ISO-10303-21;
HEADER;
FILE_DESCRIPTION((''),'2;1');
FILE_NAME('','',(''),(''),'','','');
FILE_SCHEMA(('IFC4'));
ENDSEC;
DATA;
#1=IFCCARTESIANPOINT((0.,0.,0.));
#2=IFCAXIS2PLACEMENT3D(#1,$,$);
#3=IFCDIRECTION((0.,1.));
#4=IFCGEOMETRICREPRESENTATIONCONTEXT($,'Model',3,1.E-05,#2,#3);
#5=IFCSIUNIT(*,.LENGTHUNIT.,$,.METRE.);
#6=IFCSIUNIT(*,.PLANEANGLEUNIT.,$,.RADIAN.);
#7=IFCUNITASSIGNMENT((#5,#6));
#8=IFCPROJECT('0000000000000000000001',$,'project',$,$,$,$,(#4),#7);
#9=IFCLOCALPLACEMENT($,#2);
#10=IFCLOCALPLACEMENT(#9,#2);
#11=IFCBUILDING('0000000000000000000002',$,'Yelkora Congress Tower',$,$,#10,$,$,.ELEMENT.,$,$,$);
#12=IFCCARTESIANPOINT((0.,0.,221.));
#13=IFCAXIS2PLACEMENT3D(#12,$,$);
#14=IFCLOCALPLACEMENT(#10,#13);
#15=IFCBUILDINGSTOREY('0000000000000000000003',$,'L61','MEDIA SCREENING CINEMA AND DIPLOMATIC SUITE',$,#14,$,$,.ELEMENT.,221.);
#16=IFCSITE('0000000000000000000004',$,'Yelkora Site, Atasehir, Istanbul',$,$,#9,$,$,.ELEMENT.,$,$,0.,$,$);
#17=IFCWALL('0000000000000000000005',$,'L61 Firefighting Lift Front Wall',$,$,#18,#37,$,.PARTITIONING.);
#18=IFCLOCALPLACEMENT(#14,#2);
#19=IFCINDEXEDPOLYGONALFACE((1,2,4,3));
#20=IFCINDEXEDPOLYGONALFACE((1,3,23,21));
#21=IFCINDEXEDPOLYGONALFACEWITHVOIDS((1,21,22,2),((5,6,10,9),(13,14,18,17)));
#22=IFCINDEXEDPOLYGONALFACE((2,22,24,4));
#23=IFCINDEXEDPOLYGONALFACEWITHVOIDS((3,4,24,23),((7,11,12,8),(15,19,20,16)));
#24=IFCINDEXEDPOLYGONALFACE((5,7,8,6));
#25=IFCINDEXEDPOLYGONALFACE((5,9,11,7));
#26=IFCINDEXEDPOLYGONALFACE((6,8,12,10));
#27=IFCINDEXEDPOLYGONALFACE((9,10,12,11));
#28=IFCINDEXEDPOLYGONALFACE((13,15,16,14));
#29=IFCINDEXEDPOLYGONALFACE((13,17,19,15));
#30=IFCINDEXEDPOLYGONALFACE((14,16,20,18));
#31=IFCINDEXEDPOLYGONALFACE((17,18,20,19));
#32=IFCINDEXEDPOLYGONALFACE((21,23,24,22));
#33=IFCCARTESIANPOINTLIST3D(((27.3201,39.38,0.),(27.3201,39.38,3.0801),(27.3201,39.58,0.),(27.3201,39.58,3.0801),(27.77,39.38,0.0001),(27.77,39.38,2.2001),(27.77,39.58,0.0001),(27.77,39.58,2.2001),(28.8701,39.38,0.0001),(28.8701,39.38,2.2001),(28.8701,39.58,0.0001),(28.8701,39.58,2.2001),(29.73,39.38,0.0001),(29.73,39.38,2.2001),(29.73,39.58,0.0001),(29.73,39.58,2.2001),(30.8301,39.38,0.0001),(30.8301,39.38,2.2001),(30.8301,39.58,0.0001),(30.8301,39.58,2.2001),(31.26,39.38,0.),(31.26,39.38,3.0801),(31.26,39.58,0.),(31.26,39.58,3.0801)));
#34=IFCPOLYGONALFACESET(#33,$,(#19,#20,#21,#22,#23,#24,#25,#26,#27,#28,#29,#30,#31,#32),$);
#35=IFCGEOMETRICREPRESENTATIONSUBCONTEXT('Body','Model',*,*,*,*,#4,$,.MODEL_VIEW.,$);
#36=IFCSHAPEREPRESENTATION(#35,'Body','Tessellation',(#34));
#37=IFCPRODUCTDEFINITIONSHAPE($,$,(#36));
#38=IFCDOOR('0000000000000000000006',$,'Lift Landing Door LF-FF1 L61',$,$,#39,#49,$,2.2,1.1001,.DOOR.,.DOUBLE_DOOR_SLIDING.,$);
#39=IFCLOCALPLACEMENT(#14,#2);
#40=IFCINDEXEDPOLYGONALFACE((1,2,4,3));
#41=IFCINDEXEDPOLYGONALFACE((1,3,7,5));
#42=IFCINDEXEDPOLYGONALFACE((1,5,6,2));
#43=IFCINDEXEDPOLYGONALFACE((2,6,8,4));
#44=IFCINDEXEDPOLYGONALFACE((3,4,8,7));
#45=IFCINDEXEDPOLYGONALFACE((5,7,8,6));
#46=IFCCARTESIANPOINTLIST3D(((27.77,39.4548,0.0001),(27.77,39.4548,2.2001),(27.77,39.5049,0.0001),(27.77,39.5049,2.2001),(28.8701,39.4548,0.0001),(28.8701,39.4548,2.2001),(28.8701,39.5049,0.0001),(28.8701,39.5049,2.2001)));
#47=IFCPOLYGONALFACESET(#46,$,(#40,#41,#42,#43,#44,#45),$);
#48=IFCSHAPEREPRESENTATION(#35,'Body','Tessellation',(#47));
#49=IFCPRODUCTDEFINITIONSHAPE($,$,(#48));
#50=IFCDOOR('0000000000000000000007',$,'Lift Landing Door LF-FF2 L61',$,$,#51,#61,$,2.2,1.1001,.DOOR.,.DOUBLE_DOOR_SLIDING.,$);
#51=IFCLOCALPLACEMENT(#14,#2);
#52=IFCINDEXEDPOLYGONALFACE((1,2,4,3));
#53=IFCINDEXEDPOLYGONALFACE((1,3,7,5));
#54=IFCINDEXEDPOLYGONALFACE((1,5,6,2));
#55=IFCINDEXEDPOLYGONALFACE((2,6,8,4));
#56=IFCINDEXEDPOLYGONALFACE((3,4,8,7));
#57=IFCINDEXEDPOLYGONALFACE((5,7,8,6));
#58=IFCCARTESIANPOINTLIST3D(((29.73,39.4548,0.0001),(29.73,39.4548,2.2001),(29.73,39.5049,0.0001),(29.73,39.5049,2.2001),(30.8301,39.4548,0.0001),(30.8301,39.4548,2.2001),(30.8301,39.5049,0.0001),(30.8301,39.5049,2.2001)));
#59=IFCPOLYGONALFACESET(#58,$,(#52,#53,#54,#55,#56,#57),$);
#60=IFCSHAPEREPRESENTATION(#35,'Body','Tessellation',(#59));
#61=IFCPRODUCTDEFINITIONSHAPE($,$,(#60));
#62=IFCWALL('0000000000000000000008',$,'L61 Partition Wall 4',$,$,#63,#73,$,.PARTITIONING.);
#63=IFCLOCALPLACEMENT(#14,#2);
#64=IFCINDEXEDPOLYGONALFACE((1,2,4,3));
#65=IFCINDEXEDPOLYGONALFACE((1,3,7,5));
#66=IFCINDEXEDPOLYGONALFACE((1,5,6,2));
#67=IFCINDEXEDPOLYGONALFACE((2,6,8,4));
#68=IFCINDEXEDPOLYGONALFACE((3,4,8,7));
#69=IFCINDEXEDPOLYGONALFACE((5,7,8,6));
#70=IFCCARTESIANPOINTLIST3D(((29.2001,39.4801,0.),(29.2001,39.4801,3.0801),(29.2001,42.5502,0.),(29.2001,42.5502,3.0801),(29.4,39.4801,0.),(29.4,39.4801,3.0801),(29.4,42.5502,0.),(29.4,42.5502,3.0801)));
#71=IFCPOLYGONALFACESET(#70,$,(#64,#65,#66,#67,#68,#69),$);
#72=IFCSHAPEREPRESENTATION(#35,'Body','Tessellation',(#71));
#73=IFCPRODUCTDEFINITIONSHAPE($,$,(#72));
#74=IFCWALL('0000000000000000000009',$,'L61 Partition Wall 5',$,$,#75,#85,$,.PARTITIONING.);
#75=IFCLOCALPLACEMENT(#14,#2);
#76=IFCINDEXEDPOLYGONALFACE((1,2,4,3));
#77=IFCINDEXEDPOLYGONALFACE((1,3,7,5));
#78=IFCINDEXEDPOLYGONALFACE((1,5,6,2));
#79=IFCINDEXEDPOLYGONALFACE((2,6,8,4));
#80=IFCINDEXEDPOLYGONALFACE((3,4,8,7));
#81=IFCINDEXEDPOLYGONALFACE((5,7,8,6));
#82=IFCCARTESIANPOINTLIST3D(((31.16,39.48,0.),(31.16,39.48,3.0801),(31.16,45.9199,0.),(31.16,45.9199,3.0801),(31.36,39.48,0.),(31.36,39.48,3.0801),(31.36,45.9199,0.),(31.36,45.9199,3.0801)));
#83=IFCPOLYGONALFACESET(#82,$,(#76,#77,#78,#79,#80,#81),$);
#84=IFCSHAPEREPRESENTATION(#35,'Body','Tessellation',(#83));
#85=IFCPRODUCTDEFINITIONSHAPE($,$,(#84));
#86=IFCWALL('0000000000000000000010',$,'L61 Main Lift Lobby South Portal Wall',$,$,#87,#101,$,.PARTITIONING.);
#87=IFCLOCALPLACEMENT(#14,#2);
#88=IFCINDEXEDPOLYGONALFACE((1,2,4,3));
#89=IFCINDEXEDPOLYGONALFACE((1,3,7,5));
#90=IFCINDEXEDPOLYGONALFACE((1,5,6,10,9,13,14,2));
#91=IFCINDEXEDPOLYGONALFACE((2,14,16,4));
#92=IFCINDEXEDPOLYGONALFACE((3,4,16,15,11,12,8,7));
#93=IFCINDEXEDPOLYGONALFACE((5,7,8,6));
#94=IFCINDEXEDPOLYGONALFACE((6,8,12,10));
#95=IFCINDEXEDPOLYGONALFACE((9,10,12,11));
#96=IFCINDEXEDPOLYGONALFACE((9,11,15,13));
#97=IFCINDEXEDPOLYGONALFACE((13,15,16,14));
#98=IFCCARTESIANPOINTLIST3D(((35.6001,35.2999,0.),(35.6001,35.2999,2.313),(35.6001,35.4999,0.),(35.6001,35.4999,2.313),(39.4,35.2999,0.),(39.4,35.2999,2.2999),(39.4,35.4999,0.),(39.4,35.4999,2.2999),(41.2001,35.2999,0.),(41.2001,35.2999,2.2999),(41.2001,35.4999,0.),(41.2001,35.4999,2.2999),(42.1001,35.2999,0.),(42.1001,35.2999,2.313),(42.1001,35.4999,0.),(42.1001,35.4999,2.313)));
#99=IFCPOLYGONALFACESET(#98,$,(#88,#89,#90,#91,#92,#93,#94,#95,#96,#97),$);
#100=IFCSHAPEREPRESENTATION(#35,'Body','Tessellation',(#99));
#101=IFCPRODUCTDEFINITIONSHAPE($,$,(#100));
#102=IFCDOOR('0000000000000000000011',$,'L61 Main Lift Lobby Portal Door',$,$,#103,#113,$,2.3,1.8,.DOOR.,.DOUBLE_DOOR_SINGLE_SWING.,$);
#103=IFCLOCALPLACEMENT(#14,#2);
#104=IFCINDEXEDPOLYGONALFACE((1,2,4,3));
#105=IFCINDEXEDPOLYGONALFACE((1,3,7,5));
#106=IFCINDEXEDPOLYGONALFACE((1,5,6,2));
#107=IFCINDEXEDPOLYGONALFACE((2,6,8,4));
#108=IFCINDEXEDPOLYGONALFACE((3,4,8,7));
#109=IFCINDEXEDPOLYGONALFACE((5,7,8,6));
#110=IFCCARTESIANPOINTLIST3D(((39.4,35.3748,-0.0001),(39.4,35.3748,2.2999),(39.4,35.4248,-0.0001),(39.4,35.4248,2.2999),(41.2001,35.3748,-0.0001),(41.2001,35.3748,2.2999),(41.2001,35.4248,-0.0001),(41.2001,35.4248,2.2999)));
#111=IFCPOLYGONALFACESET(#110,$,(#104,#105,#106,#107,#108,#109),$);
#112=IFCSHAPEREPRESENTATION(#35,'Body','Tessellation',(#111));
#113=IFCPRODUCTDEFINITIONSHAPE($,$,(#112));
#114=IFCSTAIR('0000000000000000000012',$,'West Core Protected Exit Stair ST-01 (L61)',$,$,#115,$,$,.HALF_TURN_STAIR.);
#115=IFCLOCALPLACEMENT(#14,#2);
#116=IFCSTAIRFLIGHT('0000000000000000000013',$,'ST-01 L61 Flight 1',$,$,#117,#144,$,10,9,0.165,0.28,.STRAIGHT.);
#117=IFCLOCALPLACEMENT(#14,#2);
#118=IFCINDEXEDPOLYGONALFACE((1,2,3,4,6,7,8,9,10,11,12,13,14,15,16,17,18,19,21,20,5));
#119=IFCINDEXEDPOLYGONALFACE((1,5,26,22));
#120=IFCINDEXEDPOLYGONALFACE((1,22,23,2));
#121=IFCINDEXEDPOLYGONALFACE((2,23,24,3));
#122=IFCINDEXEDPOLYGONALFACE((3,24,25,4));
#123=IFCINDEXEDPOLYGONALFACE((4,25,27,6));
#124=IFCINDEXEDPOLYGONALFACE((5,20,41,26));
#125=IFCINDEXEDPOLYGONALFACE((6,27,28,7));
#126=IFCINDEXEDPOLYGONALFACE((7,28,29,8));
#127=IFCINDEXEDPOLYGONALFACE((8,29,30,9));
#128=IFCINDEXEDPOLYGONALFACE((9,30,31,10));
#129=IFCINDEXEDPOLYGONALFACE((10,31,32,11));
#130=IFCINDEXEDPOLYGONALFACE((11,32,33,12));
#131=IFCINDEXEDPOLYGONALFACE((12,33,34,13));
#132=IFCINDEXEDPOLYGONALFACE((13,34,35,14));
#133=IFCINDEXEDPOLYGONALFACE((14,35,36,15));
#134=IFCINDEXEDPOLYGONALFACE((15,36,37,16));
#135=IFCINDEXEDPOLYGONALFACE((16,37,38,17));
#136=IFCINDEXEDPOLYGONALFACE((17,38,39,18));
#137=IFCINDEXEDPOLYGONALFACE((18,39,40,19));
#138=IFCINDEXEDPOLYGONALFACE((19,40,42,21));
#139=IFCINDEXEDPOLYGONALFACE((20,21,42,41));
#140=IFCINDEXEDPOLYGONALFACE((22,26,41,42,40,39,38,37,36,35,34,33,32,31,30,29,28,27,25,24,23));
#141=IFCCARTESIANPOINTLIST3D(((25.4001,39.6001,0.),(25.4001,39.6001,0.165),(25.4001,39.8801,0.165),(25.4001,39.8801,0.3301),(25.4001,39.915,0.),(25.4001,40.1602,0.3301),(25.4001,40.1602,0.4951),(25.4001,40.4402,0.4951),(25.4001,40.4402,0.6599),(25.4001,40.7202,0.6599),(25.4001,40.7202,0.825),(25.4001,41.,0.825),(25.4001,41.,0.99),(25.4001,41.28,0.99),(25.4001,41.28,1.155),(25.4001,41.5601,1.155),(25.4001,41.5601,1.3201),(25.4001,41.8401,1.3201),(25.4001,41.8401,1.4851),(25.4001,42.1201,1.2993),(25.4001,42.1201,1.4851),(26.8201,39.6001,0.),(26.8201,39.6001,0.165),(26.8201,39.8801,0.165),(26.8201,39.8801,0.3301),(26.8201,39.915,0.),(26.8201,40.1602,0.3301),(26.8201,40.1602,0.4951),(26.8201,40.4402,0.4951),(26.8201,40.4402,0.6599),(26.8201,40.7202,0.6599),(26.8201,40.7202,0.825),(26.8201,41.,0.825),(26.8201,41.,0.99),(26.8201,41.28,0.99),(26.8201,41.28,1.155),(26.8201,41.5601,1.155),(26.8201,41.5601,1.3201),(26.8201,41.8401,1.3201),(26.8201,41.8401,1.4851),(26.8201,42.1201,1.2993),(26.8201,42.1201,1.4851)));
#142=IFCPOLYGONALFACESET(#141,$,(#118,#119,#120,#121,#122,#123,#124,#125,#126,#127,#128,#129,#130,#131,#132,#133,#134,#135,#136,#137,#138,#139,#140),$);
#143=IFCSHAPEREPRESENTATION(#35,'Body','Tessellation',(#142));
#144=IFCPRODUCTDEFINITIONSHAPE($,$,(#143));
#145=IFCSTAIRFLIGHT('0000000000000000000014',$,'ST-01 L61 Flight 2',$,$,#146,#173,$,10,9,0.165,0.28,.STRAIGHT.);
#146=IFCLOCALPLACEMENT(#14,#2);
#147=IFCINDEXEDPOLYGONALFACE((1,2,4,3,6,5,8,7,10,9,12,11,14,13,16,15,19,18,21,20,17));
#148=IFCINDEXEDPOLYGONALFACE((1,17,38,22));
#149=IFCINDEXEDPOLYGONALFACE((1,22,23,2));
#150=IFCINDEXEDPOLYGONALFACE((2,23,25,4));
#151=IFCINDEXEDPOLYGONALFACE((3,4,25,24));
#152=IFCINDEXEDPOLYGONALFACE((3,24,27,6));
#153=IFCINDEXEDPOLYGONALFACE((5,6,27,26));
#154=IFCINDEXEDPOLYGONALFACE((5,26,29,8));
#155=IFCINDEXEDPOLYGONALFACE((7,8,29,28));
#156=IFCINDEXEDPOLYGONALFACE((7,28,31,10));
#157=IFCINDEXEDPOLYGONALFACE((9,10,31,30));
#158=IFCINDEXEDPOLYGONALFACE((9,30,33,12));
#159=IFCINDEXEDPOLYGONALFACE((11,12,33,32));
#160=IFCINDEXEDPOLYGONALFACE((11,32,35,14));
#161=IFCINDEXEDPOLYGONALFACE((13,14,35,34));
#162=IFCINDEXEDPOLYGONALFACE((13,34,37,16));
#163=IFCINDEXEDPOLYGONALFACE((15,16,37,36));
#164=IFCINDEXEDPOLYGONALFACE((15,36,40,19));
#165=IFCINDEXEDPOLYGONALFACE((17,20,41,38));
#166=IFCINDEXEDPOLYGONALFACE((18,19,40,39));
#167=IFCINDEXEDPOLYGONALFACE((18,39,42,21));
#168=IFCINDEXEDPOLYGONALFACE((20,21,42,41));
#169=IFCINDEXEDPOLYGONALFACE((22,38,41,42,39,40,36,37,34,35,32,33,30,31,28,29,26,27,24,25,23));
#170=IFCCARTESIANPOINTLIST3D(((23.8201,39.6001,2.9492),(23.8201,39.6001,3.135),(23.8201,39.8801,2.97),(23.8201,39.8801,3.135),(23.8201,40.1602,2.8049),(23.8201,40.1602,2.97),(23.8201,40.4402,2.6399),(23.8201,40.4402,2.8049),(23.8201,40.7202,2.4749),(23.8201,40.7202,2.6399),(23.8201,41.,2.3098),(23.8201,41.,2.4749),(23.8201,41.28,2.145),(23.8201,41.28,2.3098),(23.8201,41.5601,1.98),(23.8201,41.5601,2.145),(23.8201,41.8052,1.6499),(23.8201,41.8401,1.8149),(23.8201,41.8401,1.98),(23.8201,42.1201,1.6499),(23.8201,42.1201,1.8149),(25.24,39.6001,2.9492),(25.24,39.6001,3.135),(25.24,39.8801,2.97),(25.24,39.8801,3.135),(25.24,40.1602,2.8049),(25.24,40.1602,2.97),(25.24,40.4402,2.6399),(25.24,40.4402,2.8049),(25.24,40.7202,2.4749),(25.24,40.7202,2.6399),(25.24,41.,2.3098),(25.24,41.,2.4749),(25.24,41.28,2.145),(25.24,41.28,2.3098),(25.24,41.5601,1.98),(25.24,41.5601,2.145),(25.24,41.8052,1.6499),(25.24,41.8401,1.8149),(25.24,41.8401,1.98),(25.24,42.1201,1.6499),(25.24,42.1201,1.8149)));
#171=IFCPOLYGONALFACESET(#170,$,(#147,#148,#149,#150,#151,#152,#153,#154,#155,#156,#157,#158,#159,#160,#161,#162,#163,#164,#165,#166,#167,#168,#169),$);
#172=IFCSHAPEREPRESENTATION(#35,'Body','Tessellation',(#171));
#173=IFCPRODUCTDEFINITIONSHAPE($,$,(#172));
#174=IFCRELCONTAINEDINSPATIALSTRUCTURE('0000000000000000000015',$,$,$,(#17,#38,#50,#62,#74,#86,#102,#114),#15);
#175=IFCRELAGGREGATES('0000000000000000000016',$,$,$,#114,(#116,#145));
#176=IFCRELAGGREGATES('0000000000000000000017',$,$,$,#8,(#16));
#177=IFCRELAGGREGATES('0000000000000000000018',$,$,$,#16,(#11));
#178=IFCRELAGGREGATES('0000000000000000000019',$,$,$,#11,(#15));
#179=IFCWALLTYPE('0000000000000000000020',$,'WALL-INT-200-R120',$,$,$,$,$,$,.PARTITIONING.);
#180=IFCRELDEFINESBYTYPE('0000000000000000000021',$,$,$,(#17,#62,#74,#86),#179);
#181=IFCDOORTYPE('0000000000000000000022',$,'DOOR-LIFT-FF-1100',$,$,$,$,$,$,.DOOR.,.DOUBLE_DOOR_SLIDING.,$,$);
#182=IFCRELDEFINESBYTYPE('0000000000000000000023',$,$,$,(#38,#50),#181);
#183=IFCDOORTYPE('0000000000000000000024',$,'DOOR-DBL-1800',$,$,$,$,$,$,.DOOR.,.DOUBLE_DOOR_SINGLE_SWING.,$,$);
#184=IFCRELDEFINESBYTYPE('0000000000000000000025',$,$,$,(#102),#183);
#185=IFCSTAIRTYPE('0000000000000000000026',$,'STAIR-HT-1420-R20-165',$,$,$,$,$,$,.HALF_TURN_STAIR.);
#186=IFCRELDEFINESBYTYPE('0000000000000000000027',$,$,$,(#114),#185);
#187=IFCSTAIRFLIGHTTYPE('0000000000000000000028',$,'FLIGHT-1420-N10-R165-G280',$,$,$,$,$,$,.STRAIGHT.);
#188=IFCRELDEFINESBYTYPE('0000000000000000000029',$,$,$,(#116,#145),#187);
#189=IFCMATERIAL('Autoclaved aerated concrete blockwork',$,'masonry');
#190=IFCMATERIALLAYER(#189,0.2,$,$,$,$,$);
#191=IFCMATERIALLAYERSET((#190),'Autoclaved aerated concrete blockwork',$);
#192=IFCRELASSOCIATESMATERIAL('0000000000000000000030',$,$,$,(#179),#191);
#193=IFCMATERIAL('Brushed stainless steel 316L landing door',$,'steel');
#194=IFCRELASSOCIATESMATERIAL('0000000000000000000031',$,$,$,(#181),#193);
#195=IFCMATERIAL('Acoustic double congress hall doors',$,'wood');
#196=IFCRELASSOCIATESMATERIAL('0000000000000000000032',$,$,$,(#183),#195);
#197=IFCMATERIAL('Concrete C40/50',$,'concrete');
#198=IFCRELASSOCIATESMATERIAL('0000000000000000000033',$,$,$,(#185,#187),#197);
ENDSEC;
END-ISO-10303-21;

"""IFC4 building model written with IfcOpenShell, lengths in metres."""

from ifc_helpers import new_model, si_unit, direction, frame, frame_2d, origin, place, context, subcontext, project, spatial, polyline, rectangle, outline, extrude, material, layer, layer_set, type_object, element, fill, aggregate, save


model = new_model("IFC4")

# Units and contexts
model_context = context("Model", 3, precision=1e-05, world=origin(), true_north=direction((0.0, 1.0)))
body_context = subcontext(model_context, "Body", "Model", "MODEL_VIEW")
ifc_project = project(units=[si_unit("LENGTHUNIT", "METRE"), si_unit("PLANEANGLEUNIT", "RADIAN")], contexts=[model_context])

# Site, building, storey
site_placement = place(None, origin())
site = spatial("IfcSite", under=ifc_project, at=site_placement, Name="Yelkora Site, Atasehir, Istanbul", CompositionType="ELEMENT", RefElevation=0.0)
building_placement = place(site_placement, origin())
building = spatial("IfcBuilding", under=site, at=building_placement, Name="Yelkora Congress Tower", CompositionType="ELEMENT")
storey_placement = place(building_placement, frame((0.0, 0.0, 221.0)))
storey = spatial("IfcBuildingStorey", under=building, at=storey_placement, Name="L61", Description="MEDIA SCREENING CINEMA AND DIPLOMATIC SUITE", CompositionType="ELEMENT", Elevation=221.0)

# Shared definitions
ifc_material_1 = material(Name="Autoclaved aerated concrete blockwork", Category="masonry")
ifc_layer_1 = layer(ifc_material_1, 0.2)
ifc_layer_set_1 = layer_set([ifc_layer_1], Name="Autoclaved aerated concrete blockwork")
wall_type_1 = type_object("IfcWallType", Name="WALL-INT-200-R120", PredefinedType="PARTITIONING", material=ifc_layer_set_1)

# Wall, openings, doors
wall_1_placement = place(storey_placement, frame((27.3201, 39.48, 0.0), z_axis=(0.0, 0.0, 1.0), x_axis=(1.0, 0.0, 0.0)))
wall_1 = element("IfcWall", 1, at=wall_1_placement, inside=storey, type_object=wall_type_1, Name="L61 Firefighting Lift Front Wall", PredefinedType="PARTITIONING", context=body_context, shape_type="SweptSolid", body=[
    extrude(rectangle(XDim=3.9399, YDim=0.2, at=frame_2d((1.97, 0.0))), origin(), (0.0, 0.0, 1.0), 3.0801),
])
opening_1_placement = place(wall_1_placement, frame((0.45, 0.0, 0.0)))
opening_1 = element("IfcOpeningElement", 2, at=opening_1_placement, cuts=wall_1, PredefinedType="OPENING", context=body_context, shape_type="SweptSolid", body=[
    extrude(rectangle(XDim=1.1001, YDim=2.2, at=frame_2d((0.55, 1.1001))), frame((0.0, 0.1099, 0.0), z_axis=(0.0, -1.0, 0.0), x_axis=(1.0, 0.0, 0.0)), (0.0, 0.0, 1.0), 0.22),
])
opening_2_placement = place(wall_1_placement, frame((2.4099, 0.0, 0.0)))
opening_2 = element("IfcOpeningElement", 3, at=opening_2_placement, cuts=wall_1, PredefinedType="OPENING", context=body_context, shape_type="SweptSolid", body=[
    extrude(rectangle(XDim=1.1001, YDim=2.2, at=frame_2d((0.55, 1.1001))), frame((0.0, 0.1099, 0.0), z_axis=(0.0, -1.0, 0.0), x_axis=(1.0, 0.0, 0.0)), (0.0, 0.0, 1.0), 0.22),
])
ifc_material_2 = material(Name="Brushed stainless steel 316L landing door", Category="steel")
door_type_1 = type_object("IfcDoorType", Name="DOOR-LIFT-FF-1100", OperationType="DOUBLE_DOOR_SLIDING", PredefinedType="DOOR", material=ifc_material_2)
door_1_placement = place(opening_1_placement, origin())
door_1 = element("IfcDoor", 4, at=door_1_placement, inside=storey, type_object=door_type_1, Name="Lift Landing Door LF-FF1 L61", OperationType="DOUBLE_DOOR_SLIDING", OverallHeight=2.2, OverallWidth=1.1001, PredefinedType="DOOR", context=body_context, shape_type="SweptSolid", body=[
    extrude(rectangle(XDim=1.1001, YDim=2.2, at=frame_2d((0.55, 1.1001))), frame((0.0, 0.0249, 0.0), z_axis=(0.0, -1.0, 0.0), x_axis=(1.0, 0.0, 0.0)), (0.0, 0.0, 1.0), 0.05),
])
fill(opening_1, door_1)
door_2_placement = place(opening_2_placement, origin())
door_2 = element("IfcDoor", 5, at=door_2_placement, inside=storey, type_object=door_type_1, Name="Lift Landing Door LF-FF2 L61", OperationType="DOUBLE_DOOR_SLIDING", OverallHeight=2.2, OverallWidth=1.1001, PredefinedType="DOOR", context=body_context, shape_type="SweptSolid", body=[
    extrude(rectangle(XDim=1.1001, YDim=2.2, at=frame_2d((0.55, 1.1001))), frame((0.0, 0.0249, 0.0), z_axis=(0.0, -1.0, 0.0), x_axis=(1.0, 0.0, 0.0)), (0.0, 0.0, 1.0), 0.05),
])
fill(opening_2, door_2)

# Walls
wall_2_placement = place(storey_placement, frame((29.3, 39.48, 0.0), z_axis=(0.0, 0.0, 1.0), x_axis=(0.0, 1.0, 0.0)))
element("IfcWall", 6, at=wall_2_placement, inside=storey, type_object=wall_type_1, Name="L61 Partition Wall 4", PredefinedType="PARTITIONING", context=body_context, shape_type="SweptSolid", body=[
    extrude(rectangle(XDim=3.0701, YDim=0.2, at=frame_2d((1.5352, 0.0))), origin(), (0.0, 0.0, 1.0), 3.0801),
])
wall_3_placement = place(storey_placement, frame((31.26, 39.48, 0.0), z_axis=(0.0, 0.0, 1.0), x_axis=(0.0, 1.0, 0.0)))
element("IfcWall", 7, at=wall_3_placement, inside=storey, type_object=wall_type_1, Name="L61 Partition Wall 5", PredefinedType="PARTITIONING", context=body_context, shape_type="SweptSolid", body=[
    extrude(rectangle(XDim=6.4399, YDim=0.2, at=frame_2d((3.22, 0.0))), origin(), (0.0, 0.0, 1.0), 3.0801),
])

# Wall, opening, door
wall_4_placement = place(storey_placement, frame((35.6001, 35.3999, 0.0), z_axis=(0.0, 0.0, 1.0), x_axis=(1.0, 0.0, 0.0)))
wall_4 = element("IfcWall", 8, at=wall_4_placement, inside=storey, type_object=wall_type_1, Name="L61 Main Lift Lobby South Portal Wall", PredefinedType="PARTITIONING", context=body_context, shape_type="SweptSolid", body=[
    extrude(rectangle(XDim=6.5, YDim=0.2, at=frame_2d((3.25, 0.0))), origin(), (0.0, 0.0, 1.0), 2.313),
])
opening_3_placement = place(wall_4_placement, frame((3.8, 0.0, 0.0)))
opening_3 = element("IfcOpeningElement", 9, at=opening_3_placement, cuts=wall_4, PredefinedType="OPENING", context=body_context, shape_type="SweptSolid", body=[
    extrude(rectangle(XDim=1.8, YDim=2.3, at=frame_2d((0.8999, 1.1499))), frame((0.0, 0.1099, 0.0), z_axis=(0.0, -1.0, 0.0), x_axis=(1.0, 0.0, 0.0)), (0.0, 0.0, 1.0), 0.22),
])
ifc_material_3 = material(Name="Acoustic double congress hall doors", Category="wood")
door_type_2 = type_object("IfcDoorType", Name="DOOR-DBL-1800", OperationType="DOUBLE_DOOR_SINGLE_SWING", PredefinedType="DOOR", material=ifc_material_3)
door_3_placement = place(opening_3_placement, origin())
door_3 = element("IfcDoor", 10, at=door_3_placement, inside=storey, type_object=door_type_2, Name="L61 Main Lift Lobby Portal Door", OperationType="DOUBLE_DOOR_SINGLE_SWING", OverallHeight=2.3, OverallWidth=1.8, PredefinedType="DOOR", context=body_context, shape_type="SweptSolid", body=[
    extrude(rectangle(XDim=1.8, YDim=2.3, at=frame_2d((0.8999, 1.1499))), frame((0.0, 0.0249, 0.0), z_axis=(0.0, -1.0, 0.0), x_axis=(1.0, 0.0, 0.0)), (0.0, 0.0, 1.0), 0.05),
])
fill(opening_3, door_3)

# Stair, stair flights
ifc_material_4 = material(Name="Concrete C40/50", Category="concrete")
stair_type = type_object("IfcStairType", Name="STAIR-HT-1420-R20-165", PredefinedType="HALF_TURN_STAIR", material=ifc_material_4)
stair_placement = place(storey_placement, origin())
stair = element("IfcStair", 11, at=stair_placement, inside=storey, type_object=stair_type, Name="West Core Protected Exit Stair ST-01 (L61)", PredefinedType="HALF_TURN_STAIR")
stair_flight_type = type_object("IfcStairFlightType", Name="FLIGHT-1420-N10-R165-G280", PredefinedType="STRAIGHT", material=ifc_material_4)
stair_flight_1_placement = place(storey_placement, frame((26.1101, 39.6001, 0.0), z_axis=(0.0, 0.0, 1.0), x_axis=(0.0, 1.0, 0.0)))
stair_flight_1 = element("IfcStairFlight", 12, at=stair_flight_1_placement, type_object=stair_flight_type, Name="ST-01 L61 Flight 1", NumberOfRisers=10, NumberOfTreads=9, PredefinedType="STRAIGHT", RiserHeight=0.165, TreadLength=0.28, context=body_context, shape_type="SweptSolid", body=[
    extrude(outline(polyline([(0.0, 0.0), (0.0, 0.165), (0.28, 0.165), (0.28, 0.3301), (0.5601, 0.3301), (0.5601, 0.4951), (0.8401, 0.4951), (0.8401, 0.6599), (1.1201, 0.6599), (1.1201, 0.825), (1.3999, 0.825), (1.3999, 0.99), (1.6799, 0.99), (1.6799, 1.155), (1.96, 1.155), (1.96, 1.3201), (2.24, 1.3201), (2.24, 1.4851), (2.52, 1.4851), (2.52, 1.6499), (2.52, 1.2993), (0.3149, 0.0), (0.0, 0.0)])), frame((0.0, 0.71, 0.0), z_axis=(0.0, -1.0, 0.0), x_axis=(1.0, 0.0, 0.0)), (0.0, 0.0, 1.0), 1.4199),
])
stair_flight_2_placement = place(storey_placement, frame((24.53, 42.1201, 1.6499), z_axis=(0.0, 0.0, 1.0), x_axis=(0.0, -1.0, 0.0)))
stair_flight_2 = element("IfcStairFlight", 13, at=stair_flight_2_placement, type_object=stair_flight_type, Name="ST-01 L61 Flight 2", NumberOfRisers=10, NumberOfTreads=9, PredefinedType="STRAIGHT", RiserHeight=0.165, TreadLength=0.28, context=body_context, shape_type="SweptSolid", body=[
    extrude(outline(polyline([(0.0, 0.0), (0.0, 0.165), (0.28, 0.165), (0.28, 0.3301), (0.5601, 0.3301), (0.5601, 0.4951), (0.8401, 0.4951), (0.8401, 0.6599), (1.1201, 0.6599), (1.1201, 0.825), (1.3999, 0.825), (1.3999, 0.99), (1.6799, 0.99), (1.6799, 1.155), (1.96, 1.155), (1.96, 1.3201), (2.24, 1.3201), (2.24, 1.4851), (2.52, 1.4851), (2.52, 1.6499), (2.52, 1.2993), (0.3149, 0.0), (0.0, 0.0)])), frame((0.0, 0.71, 0.0), z_axis=(0.0, -1.0, 0.0), x_axis=(1.0, 0.0, 0.0)), (0.0, 0.0, 1.0), 1.4199),
])
aggregate(stair, [stair_flight_1, stair_flight_2])

save(model, "model.ifc")
